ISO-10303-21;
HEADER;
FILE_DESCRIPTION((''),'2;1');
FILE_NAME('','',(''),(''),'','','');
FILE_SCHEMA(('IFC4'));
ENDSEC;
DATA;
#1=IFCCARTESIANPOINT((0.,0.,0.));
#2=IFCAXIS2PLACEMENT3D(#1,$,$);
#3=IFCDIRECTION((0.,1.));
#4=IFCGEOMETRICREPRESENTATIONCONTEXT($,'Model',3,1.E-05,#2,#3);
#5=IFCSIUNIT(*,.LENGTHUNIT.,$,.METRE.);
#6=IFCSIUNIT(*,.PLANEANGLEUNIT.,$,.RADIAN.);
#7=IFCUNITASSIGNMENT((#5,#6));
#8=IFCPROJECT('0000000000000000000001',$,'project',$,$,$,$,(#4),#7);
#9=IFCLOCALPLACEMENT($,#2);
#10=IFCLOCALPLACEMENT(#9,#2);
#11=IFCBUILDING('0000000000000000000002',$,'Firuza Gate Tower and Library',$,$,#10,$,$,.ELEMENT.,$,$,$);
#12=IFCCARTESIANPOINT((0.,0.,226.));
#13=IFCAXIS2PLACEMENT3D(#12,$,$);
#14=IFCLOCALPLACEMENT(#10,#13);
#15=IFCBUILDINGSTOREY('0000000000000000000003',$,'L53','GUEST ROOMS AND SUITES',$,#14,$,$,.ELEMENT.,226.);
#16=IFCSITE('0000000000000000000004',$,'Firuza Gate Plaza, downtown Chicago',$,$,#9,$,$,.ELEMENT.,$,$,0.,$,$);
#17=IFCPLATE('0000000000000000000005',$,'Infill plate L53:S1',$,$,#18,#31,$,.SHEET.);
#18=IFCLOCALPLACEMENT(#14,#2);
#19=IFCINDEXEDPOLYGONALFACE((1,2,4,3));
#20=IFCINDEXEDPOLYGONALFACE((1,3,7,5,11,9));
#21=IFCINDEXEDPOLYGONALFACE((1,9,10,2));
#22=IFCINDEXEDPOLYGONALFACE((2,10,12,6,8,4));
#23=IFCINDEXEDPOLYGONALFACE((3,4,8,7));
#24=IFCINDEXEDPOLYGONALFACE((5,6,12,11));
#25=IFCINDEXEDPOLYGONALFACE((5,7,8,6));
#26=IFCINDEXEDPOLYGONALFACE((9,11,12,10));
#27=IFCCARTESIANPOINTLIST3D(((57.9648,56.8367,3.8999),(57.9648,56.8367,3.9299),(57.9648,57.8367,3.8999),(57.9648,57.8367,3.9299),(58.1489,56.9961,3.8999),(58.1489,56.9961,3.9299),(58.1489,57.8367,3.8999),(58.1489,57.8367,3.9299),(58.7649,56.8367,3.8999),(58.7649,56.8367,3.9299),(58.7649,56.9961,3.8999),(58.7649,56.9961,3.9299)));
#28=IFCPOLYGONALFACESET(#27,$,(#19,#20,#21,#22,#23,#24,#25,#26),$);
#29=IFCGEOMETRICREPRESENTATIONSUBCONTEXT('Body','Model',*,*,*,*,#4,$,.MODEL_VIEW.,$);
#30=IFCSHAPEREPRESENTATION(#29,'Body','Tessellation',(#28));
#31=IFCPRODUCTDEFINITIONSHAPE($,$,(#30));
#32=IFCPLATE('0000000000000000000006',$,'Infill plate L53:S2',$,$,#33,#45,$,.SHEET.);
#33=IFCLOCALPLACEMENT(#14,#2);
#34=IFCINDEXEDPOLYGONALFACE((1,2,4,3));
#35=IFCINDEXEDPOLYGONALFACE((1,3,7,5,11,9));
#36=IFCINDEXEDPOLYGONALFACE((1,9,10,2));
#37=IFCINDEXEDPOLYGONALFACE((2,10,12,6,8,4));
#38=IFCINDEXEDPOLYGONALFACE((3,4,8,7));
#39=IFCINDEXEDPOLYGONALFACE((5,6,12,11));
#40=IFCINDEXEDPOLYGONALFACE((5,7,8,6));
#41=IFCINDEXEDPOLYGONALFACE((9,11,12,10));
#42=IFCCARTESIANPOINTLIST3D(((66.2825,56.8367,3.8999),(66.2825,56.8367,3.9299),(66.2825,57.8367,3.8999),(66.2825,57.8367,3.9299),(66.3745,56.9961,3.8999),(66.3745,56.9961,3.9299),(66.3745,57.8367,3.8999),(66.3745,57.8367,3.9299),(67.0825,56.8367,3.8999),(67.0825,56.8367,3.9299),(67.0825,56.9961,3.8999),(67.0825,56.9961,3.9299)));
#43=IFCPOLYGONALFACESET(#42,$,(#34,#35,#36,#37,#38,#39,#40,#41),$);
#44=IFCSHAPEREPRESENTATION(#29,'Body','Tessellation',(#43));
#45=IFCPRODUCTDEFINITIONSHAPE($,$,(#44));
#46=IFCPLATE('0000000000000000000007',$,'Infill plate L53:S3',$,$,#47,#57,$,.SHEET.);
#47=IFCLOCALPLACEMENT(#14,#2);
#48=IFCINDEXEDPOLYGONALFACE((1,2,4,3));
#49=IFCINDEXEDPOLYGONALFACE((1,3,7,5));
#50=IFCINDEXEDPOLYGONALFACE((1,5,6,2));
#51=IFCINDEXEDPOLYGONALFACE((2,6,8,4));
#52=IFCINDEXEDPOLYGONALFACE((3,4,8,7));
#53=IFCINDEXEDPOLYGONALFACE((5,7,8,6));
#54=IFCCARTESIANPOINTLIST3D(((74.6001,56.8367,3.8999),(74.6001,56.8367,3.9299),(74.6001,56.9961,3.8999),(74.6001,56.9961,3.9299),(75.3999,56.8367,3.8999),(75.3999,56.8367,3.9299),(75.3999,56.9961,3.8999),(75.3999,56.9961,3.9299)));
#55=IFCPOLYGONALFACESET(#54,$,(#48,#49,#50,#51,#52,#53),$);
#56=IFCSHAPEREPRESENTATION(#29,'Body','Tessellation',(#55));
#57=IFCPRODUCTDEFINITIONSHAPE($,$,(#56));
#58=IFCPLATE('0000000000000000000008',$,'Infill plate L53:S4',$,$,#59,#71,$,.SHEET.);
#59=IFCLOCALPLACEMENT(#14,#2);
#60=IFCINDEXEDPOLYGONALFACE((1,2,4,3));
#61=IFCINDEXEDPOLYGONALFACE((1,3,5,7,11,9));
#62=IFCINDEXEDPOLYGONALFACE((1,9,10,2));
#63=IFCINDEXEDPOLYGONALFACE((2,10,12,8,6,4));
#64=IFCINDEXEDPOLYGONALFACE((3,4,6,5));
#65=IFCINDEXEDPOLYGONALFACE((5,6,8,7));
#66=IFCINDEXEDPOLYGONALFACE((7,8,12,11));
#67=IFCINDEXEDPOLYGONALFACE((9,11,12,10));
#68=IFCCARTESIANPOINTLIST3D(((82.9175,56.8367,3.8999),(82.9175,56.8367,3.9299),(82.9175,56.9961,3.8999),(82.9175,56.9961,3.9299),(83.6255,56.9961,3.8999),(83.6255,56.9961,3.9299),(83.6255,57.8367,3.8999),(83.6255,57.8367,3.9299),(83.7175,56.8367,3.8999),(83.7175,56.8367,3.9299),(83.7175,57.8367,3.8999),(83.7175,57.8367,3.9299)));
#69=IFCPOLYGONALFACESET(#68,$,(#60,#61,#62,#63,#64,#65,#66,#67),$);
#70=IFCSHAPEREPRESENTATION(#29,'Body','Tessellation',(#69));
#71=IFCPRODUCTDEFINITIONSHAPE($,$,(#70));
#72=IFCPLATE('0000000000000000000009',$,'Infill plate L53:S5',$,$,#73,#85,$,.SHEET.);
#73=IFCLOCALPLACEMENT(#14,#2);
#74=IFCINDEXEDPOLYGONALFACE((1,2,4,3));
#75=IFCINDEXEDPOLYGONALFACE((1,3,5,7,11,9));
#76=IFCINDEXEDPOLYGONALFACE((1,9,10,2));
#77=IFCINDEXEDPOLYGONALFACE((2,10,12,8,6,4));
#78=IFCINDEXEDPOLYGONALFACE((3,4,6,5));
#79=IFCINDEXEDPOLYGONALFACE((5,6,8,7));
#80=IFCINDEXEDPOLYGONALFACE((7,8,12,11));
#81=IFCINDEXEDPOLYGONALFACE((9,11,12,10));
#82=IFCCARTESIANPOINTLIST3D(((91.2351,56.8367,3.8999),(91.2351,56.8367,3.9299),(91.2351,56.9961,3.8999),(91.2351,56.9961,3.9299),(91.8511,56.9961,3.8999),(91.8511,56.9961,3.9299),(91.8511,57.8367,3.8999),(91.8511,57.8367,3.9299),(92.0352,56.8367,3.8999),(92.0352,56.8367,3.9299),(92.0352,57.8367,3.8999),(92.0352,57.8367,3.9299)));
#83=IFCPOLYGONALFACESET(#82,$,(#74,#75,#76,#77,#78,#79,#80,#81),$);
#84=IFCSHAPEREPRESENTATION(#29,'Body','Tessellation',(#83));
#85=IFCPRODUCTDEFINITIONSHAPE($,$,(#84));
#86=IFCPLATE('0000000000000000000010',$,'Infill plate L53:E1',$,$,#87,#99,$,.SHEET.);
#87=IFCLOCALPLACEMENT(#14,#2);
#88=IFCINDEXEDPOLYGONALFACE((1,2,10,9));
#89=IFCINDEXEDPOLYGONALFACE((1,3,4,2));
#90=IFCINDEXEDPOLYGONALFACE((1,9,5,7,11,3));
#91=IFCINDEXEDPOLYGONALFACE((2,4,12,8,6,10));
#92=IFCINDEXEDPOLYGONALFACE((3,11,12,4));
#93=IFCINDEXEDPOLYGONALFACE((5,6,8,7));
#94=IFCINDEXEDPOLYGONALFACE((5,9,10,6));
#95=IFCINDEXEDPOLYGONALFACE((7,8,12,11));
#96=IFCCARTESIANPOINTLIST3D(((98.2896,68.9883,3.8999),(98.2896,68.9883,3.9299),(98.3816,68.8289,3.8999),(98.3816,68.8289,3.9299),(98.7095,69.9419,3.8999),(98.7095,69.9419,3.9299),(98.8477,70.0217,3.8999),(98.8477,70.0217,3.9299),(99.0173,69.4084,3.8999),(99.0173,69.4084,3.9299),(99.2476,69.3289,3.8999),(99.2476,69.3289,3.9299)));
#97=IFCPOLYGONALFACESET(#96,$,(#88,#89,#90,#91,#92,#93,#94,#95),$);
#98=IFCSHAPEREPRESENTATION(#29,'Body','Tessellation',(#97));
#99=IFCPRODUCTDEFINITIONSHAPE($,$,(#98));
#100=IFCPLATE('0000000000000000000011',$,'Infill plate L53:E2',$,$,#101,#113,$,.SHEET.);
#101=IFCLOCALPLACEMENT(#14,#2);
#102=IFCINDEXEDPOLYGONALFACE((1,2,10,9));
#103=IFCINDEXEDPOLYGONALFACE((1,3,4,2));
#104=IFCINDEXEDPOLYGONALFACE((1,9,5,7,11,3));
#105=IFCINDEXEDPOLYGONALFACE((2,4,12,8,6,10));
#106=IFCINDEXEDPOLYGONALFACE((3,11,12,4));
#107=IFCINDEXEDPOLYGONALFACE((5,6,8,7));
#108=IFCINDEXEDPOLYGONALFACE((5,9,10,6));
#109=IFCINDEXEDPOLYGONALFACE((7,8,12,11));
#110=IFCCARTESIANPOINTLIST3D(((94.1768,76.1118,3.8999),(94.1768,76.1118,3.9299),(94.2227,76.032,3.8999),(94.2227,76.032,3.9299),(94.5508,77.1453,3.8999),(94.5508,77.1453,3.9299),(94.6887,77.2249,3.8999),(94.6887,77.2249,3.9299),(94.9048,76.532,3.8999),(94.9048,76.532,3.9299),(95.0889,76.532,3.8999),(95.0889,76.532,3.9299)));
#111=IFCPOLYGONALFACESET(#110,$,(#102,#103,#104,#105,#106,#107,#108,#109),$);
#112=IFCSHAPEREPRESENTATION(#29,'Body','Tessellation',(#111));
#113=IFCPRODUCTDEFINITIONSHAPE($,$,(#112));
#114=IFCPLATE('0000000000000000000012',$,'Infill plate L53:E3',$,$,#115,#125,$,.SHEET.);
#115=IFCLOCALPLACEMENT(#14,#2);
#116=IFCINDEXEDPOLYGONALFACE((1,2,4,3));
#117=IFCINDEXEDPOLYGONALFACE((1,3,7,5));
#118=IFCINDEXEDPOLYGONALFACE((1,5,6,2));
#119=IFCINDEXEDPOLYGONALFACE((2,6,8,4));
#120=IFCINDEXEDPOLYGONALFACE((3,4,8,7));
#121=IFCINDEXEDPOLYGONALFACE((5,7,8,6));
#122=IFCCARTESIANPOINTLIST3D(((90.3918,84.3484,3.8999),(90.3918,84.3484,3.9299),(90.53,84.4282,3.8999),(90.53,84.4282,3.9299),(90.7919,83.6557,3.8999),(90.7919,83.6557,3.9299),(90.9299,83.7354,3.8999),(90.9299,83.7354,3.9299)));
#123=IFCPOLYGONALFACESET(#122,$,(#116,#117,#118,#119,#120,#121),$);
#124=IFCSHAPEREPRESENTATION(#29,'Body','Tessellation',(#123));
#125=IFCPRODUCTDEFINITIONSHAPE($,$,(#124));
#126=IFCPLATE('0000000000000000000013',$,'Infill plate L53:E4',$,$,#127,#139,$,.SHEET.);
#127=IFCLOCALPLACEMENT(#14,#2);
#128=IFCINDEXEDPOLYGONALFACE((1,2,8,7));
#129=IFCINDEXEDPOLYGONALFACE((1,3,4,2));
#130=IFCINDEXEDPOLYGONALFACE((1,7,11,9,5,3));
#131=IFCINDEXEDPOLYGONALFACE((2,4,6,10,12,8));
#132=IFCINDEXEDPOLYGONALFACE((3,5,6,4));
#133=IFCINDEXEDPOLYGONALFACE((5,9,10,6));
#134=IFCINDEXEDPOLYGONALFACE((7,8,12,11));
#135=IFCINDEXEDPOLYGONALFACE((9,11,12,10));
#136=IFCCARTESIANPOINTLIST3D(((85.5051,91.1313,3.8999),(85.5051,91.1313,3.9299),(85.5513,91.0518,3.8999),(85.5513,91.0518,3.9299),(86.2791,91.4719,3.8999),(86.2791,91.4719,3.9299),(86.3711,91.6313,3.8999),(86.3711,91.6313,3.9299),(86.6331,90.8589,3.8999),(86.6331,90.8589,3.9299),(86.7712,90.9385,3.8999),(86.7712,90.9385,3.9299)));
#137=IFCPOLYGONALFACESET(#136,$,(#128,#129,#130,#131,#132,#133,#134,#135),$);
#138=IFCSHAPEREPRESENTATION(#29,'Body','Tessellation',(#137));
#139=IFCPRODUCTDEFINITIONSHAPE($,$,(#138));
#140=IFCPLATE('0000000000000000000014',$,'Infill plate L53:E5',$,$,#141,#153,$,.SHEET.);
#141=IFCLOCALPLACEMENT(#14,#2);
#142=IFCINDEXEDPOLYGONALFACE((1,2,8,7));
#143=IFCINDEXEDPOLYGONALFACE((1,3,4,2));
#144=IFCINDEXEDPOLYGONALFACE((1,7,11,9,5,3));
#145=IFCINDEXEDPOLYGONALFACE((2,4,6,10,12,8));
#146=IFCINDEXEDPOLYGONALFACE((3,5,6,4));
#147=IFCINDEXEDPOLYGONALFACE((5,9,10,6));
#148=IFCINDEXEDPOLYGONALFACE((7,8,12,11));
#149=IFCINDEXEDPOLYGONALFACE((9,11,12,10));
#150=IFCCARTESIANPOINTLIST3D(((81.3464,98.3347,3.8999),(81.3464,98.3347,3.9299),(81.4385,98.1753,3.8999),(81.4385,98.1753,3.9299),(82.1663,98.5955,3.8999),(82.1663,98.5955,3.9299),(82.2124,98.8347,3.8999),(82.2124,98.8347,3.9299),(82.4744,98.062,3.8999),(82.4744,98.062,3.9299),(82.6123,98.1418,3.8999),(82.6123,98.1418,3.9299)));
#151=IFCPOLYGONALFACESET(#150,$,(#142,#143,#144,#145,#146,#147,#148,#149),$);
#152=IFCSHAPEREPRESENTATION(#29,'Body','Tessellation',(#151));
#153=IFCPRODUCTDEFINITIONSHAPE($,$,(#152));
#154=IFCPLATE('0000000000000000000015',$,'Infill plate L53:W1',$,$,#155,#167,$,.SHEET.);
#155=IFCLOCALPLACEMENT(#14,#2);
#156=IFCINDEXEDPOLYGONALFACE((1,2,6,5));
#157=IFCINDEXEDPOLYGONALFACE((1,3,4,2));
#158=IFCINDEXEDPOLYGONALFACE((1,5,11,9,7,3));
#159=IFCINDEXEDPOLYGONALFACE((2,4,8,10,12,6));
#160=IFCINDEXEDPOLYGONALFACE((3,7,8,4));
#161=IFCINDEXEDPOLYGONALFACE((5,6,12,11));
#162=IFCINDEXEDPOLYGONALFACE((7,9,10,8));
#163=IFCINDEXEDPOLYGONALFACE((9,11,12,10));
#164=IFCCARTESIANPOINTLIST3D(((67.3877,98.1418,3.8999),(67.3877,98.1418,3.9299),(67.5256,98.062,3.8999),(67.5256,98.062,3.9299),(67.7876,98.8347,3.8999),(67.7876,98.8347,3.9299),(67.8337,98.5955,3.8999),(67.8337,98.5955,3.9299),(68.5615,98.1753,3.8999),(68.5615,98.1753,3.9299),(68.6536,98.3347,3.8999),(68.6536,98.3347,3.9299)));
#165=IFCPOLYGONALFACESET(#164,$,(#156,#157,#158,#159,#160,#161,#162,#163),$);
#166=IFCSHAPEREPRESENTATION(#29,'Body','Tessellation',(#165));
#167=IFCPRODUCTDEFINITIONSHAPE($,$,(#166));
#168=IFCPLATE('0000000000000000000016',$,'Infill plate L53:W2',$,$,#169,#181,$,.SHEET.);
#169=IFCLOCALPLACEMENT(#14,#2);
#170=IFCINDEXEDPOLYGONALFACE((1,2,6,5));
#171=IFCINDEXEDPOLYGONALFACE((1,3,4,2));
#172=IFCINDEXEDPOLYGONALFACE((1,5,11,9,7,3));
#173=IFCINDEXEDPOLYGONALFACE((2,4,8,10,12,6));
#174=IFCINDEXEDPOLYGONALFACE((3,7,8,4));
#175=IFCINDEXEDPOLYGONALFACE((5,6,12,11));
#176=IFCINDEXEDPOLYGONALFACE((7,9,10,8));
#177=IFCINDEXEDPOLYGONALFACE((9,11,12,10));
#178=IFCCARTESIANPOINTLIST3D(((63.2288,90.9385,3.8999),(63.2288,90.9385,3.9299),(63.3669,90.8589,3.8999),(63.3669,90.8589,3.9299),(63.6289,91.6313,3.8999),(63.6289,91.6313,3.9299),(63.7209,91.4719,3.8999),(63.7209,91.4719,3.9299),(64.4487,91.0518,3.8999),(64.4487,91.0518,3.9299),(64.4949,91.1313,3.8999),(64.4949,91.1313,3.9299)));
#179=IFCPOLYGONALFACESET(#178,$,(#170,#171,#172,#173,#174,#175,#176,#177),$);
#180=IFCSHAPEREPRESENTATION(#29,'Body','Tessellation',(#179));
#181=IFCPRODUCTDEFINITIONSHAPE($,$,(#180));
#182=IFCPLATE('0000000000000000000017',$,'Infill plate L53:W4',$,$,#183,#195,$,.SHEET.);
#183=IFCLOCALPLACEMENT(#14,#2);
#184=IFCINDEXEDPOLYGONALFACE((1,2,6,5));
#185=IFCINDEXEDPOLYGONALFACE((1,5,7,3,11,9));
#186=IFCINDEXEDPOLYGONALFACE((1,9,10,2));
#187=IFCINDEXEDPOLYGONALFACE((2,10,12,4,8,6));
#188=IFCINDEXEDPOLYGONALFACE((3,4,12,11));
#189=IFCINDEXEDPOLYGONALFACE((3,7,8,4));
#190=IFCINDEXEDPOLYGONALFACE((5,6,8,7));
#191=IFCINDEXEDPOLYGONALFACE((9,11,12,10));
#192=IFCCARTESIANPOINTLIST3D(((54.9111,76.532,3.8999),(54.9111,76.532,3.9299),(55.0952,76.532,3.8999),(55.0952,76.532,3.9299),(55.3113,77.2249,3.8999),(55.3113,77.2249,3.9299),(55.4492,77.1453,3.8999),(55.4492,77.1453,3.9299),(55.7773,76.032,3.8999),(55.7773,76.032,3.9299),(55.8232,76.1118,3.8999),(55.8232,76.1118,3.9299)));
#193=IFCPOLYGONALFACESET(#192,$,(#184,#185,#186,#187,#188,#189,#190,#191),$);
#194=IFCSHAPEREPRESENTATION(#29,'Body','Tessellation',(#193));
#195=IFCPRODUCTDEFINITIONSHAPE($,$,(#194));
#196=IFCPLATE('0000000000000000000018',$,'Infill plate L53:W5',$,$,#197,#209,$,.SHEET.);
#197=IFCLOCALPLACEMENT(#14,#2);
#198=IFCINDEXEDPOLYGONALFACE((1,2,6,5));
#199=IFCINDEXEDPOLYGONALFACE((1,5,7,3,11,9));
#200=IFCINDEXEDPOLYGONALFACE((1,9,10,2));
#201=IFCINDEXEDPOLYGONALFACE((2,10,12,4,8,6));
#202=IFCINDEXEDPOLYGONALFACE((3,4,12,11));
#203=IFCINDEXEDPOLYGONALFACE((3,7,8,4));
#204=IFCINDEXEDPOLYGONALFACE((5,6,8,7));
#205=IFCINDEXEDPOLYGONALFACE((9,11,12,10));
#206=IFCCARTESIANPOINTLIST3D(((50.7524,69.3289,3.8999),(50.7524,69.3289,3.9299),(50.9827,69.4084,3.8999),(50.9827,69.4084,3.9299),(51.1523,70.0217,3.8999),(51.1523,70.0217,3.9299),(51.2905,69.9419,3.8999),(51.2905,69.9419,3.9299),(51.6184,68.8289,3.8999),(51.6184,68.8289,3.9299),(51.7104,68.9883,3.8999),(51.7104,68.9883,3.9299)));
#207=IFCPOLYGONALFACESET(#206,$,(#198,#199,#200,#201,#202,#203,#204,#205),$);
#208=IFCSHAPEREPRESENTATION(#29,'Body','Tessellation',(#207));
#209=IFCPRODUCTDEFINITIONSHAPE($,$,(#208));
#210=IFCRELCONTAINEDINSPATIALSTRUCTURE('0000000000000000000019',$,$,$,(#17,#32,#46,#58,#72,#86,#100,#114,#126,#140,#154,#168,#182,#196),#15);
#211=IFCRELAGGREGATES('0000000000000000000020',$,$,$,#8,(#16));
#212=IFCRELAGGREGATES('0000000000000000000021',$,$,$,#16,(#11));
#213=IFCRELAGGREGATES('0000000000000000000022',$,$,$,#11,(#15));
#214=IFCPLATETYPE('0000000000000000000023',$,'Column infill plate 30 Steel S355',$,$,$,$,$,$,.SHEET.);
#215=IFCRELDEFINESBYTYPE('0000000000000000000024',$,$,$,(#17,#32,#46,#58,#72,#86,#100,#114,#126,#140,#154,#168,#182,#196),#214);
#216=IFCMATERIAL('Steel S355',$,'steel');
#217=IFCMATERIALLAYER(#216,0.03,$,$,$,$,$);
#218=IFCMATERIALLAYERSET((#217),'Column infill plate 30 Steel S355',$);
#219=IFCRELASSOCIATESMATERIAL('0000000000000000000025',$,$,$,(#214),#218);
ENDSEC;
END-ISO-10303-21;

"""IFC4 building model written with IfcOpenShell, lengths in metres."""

from ifc_helpers import new_model, si_unit, direction, frame, origin, place, context, subcontext, project, spatial, polyline, outline, extrude, material, layer, layer_set, type_object, element, save


model = new_model("IFC4")

# Units and contexts
model_context = context("Model", 3, precision=1e-05, world=origin(), true_north=direction((0.0, 1.0)))
body_context = subcontext(model_context, "Body", "Model", "MODEL_VIEW")
ifc_project = project(units=[si_unit("LENGTHUNIT", "METRE"), si_unit("PLANEANGLEUNIT", "RADIAN")], contexts=[model_context])

# Site, building, storey
site_placement = place(None, origin())
site = spatial("IfcSite", under=ifc_project, at=site_placement, Name="Firuza Gate Plaza, downtown Chicago", CompositionType="ELEMENT", RefElevation=0.0)
building_placement = place(site_placement, origin())
building = spatial("IfcBuilding", under=site, at=building_placement, Name="Firuza Gate Tower and Library", CompositionType="ELEMENT")
storey_placement = place(building_placement, frame((0.0, 0.0, 226.0)))
storey = spatial("IfcBuildingStorey", under=building, at=storey_placement, Name="L53", Description="GUEST ROOMS AND SUITES", CompositionType="ELEMENT", Elevation=226.0)

# Plates
ifc_material_1 = material(Name="Steel S355", Category="steel")
ifc_layer_1 = layer(ifc_material_1, 0.03)
ifc_layer_set_1 = layer_set([ifc_layer_1], Name="Column infill plate 30 Steel S355")
plate_type_1 = type_object("IfcPlateType", Name="Column infill plate 30 Steel S355", PredefinedType="SHEET", material=ifc_layer_set_1)
placement_1 = place(storey_placement, frame((0.0, 0.0, 3.8999)))
element("IfcPlate", 1, at=placement_1, inside=storey, type_object=plate_type_1, Name="Infill plate L53:S1", PredefinedType="SHEET", context=body_context, shape_type="SweptSolid", body=[
    extrude(outline(polyline([(58.7649, 56.8367), (58.7649, 56.9961), (58.1489, 56.9961), (58.1489, 57.8367), (57.9648, 57.8367), (57.9648, 56.8367), (58.7649, 56.8367)])), origin(), (0.0, 0.0, 1.0), 0.03),
])
element("IfcPlate", 2, at=placement_1, inside=storey, type_object=plate_type_1, Name="Infill plate L53:S2", PredefinedType="SHEET", context=body_context, shape_type="SweptSolid", body=[
    extrude(outline(polyline([(67.0825, 56.8367), (67.0825, 56.9961), (66.3745, 56.9961), (66.3745, 57.8367), (66.2825, 57.8367), (66.2825, 56.8367), (67.0825, 56.8367)])), origin(), (0.0, 0.0, 1.0), 0.03),
])
element("IfcPlate", 3, at=placement_1, inside=storey, type_object=plate_type_1, Name="Infill plate L53:S3", PredefinedType="SHEET", context=body_context, shape_type="SweptSolid", body=[
    extrude(outline(polyline([(75.3999, 56.8367), (75.3999, 56.9961), (74.6001, 56.9961), (74.6001, 56.8367), (75.3999, 56.8367)])), origin(), (0.0, 0.0, 1.0), 0.03),
])
element("IfcPlate", 4, at=placement_1, inside=storey, type_object=plate_type_1, Name="Infill plate L53:S4", PredefinedType="SHEET", context=body_context, shape_type="SweptSolid", body=[
    extrude(outline(polyline([(83.7175, 57.8367), (83.6255, 57.8367), (83.6255, 56.9961), (82.9175, 56.9961), (82.9175, 56.8367), (83.7175, 56.8367), (83.7175, 57.8367)])), origin(), (0.0, 0.0, 1.0), 0.03),
])
element("IfcPlate", 5, at=placement_1, inside=storey, type_object=plate_type_1, Name="Infill plate L53:S5", PredefinedType="SHEET", context=body_context, shape_type="SweptSolid", body=[
    extrude(outline(polyline([(92.0352, 57.8367), (91.8511, 57.8367), (91.8511, 56.9961), (91.2351, 56.9961), (91.2351, 56.8367), (92.0352, 56.8367), (92.0352, 57.8367)])), origin(), (0.0, 0.0, 1.0), 0.03),
])
element("IfcPlate", 6, at=placement_1, inside=storey, type_object=plate_type_1, Name="Infill plate L53:E1", PredefinedType="SHEET", context=body_context, shape_type="SweptSolid", body=[
    extrude(outline(polyline([(98.8477, 70.0217), (98.7095, 69.9419), (99.0173, 69.4084), (98.2896, 68.9883), (98.3816, 68.8289), (99.2476, 69.3289), (98.8477, 70.0217)])), origin(), (0.0, 0.0, 1.0), 0.03),
])
element("IfcPlate", 7, at=placement_1, inside=storey, type_object=plate_type_1, Name="Infill plate L53:E2", PredefinedType="SHEET", context=body_context, shape_type="SweptSolid", body=[
    extrude(outline(polyline([(94.6887, 77.2249), (94.5508, 77.1453), (94.9048, 76.532), (94.1768, 76.1118), (94.2227, 76.032), (95.0889, 76.532), (94.6887, 77.2249)])), origin(), (0.0, 0.0, 1.0), 0.03),
])
element("IfcPlate", 8, at=placement_1, inside=storey, type_object=plate_type_1, Name="Infill plate L53:E3", PredefinedType="SHEET", context=body_context, shape_type="SweptSolid", body=[
    extrude(outline(polyline([(90.53, 84.4282), (90.3918, 84.3484), (90.792, 83.6555), (90.064, 83.2354), (90.064, 83.2354), (90.9299, 83.7354), (90.53, 84.4282)])), origin(), (0.0, 0.0, 1.0), 0.03),
])
element("IfcPlate", 9, at=placement_1, inside=storey, type_object=plate_type_1, Name="Infill plate L53:E4", PredefinedType="SHEET", context=body_context, shape_type="SweptSolid", body=[
    extrude(outline(polyline([(85.5051, 91.1313), (85.5513, 91.0518), (86.2791, 91.4719), (86.6331, 90.8589), (86.7712, 90.9385), (86.3711, 91.6313), (85.5051, 91.1313)])), origin(), (0.0, 0.0, 1.0), 0.03),
])
element("IfcPlate", 10, at=placement_1, inside=storey, type_object=plate_type_1, Name="Infill plate L53:E5", PredefinedType="SHEET", context=body_context, shape_type="SweptSolid", body=[
    extrude(outline(polyline([(81.3464, 98.3347), (81.4385, 98.1753), (82.1663, 98.5955), (82.4744, 98.062), (82.6123, 98.1418), (82.2124, 98.8347), (81.3464, 98.3347)])), origin(), (0.0, 0.0, 1.0), 0.03),
])
element("IfcPlate", 11, at=placement_1, inside=storey, type_object=plate_type_1, Name="Infill plate L53:W1", PredefinedType="SHEET", context=body_context, shape_type="SweptSolid", body=[
    extrude(outline(polyline([(67.3877, 98.1418), (67.5256, 98.062), (67.8337, 98.5955), (68.5615, 98.1753), (68.6536, 98.3347), (67.7876, 98.8347), (67.3877, 98.1418)])), origin(), (0.0, 0.0, 1.0), 0.03),
])
element("IfcPlate", 12, at=placement_1, inside=storey, type_object=plate_type_1, Name="Infill plate L53:W2", PredefinedType="SHEET", context=body_context, shape_type="SweptSolid", body=[
    extrude(outline(polyline([(63.2288, 90.9385), (63.3669, 90.8589), (63.7209, 91.4719), (64.4487, 91.0518), (64.4949, 91.1313), (63.6289, 91.6313), (63.2288, 90.9385)])), origin(), (0.0, 0.0, 1.0), 0.03),
])
element("IfcPlate", 13, at=placement_1, inside=storey, type_object=plate_type_1, Name="Infill plate L53:W4", PredefinedType="SHEET", context=body_context, shape_type="SweptSolid", body=[
    extrude(outline(polyline([(55.7773, 76.032), (55.8232, 76.1118), (55.0952, 76.532), (55.4492, 77.1453), (55.3113, 77.2249), (54.9111, 76.532), (55.7773, 76.032)])), origin(), (0.0, 0.0, 1.0), 0.03),
])
element("IfcPlate", 14, at=placement_1, inside=storey, type_object=plate_type_1, Name="Infill plate L53:W5", PredefinedType="SHEET", context=body_context, shape_type="SweptSolid", body=[
    extrude(outline(polyline([(51.6184, 68.8289), (51.7104, 68.9883), (50.9827, 69.4084), (51.2905, 69.9419), (51.1523, 70.0217), (50.7524, 69.3289), (51.6184, 68.8289)])), origin(), (0.0, 0.0, 1.0), 0.03),
])

save(model, "model.ifc")
